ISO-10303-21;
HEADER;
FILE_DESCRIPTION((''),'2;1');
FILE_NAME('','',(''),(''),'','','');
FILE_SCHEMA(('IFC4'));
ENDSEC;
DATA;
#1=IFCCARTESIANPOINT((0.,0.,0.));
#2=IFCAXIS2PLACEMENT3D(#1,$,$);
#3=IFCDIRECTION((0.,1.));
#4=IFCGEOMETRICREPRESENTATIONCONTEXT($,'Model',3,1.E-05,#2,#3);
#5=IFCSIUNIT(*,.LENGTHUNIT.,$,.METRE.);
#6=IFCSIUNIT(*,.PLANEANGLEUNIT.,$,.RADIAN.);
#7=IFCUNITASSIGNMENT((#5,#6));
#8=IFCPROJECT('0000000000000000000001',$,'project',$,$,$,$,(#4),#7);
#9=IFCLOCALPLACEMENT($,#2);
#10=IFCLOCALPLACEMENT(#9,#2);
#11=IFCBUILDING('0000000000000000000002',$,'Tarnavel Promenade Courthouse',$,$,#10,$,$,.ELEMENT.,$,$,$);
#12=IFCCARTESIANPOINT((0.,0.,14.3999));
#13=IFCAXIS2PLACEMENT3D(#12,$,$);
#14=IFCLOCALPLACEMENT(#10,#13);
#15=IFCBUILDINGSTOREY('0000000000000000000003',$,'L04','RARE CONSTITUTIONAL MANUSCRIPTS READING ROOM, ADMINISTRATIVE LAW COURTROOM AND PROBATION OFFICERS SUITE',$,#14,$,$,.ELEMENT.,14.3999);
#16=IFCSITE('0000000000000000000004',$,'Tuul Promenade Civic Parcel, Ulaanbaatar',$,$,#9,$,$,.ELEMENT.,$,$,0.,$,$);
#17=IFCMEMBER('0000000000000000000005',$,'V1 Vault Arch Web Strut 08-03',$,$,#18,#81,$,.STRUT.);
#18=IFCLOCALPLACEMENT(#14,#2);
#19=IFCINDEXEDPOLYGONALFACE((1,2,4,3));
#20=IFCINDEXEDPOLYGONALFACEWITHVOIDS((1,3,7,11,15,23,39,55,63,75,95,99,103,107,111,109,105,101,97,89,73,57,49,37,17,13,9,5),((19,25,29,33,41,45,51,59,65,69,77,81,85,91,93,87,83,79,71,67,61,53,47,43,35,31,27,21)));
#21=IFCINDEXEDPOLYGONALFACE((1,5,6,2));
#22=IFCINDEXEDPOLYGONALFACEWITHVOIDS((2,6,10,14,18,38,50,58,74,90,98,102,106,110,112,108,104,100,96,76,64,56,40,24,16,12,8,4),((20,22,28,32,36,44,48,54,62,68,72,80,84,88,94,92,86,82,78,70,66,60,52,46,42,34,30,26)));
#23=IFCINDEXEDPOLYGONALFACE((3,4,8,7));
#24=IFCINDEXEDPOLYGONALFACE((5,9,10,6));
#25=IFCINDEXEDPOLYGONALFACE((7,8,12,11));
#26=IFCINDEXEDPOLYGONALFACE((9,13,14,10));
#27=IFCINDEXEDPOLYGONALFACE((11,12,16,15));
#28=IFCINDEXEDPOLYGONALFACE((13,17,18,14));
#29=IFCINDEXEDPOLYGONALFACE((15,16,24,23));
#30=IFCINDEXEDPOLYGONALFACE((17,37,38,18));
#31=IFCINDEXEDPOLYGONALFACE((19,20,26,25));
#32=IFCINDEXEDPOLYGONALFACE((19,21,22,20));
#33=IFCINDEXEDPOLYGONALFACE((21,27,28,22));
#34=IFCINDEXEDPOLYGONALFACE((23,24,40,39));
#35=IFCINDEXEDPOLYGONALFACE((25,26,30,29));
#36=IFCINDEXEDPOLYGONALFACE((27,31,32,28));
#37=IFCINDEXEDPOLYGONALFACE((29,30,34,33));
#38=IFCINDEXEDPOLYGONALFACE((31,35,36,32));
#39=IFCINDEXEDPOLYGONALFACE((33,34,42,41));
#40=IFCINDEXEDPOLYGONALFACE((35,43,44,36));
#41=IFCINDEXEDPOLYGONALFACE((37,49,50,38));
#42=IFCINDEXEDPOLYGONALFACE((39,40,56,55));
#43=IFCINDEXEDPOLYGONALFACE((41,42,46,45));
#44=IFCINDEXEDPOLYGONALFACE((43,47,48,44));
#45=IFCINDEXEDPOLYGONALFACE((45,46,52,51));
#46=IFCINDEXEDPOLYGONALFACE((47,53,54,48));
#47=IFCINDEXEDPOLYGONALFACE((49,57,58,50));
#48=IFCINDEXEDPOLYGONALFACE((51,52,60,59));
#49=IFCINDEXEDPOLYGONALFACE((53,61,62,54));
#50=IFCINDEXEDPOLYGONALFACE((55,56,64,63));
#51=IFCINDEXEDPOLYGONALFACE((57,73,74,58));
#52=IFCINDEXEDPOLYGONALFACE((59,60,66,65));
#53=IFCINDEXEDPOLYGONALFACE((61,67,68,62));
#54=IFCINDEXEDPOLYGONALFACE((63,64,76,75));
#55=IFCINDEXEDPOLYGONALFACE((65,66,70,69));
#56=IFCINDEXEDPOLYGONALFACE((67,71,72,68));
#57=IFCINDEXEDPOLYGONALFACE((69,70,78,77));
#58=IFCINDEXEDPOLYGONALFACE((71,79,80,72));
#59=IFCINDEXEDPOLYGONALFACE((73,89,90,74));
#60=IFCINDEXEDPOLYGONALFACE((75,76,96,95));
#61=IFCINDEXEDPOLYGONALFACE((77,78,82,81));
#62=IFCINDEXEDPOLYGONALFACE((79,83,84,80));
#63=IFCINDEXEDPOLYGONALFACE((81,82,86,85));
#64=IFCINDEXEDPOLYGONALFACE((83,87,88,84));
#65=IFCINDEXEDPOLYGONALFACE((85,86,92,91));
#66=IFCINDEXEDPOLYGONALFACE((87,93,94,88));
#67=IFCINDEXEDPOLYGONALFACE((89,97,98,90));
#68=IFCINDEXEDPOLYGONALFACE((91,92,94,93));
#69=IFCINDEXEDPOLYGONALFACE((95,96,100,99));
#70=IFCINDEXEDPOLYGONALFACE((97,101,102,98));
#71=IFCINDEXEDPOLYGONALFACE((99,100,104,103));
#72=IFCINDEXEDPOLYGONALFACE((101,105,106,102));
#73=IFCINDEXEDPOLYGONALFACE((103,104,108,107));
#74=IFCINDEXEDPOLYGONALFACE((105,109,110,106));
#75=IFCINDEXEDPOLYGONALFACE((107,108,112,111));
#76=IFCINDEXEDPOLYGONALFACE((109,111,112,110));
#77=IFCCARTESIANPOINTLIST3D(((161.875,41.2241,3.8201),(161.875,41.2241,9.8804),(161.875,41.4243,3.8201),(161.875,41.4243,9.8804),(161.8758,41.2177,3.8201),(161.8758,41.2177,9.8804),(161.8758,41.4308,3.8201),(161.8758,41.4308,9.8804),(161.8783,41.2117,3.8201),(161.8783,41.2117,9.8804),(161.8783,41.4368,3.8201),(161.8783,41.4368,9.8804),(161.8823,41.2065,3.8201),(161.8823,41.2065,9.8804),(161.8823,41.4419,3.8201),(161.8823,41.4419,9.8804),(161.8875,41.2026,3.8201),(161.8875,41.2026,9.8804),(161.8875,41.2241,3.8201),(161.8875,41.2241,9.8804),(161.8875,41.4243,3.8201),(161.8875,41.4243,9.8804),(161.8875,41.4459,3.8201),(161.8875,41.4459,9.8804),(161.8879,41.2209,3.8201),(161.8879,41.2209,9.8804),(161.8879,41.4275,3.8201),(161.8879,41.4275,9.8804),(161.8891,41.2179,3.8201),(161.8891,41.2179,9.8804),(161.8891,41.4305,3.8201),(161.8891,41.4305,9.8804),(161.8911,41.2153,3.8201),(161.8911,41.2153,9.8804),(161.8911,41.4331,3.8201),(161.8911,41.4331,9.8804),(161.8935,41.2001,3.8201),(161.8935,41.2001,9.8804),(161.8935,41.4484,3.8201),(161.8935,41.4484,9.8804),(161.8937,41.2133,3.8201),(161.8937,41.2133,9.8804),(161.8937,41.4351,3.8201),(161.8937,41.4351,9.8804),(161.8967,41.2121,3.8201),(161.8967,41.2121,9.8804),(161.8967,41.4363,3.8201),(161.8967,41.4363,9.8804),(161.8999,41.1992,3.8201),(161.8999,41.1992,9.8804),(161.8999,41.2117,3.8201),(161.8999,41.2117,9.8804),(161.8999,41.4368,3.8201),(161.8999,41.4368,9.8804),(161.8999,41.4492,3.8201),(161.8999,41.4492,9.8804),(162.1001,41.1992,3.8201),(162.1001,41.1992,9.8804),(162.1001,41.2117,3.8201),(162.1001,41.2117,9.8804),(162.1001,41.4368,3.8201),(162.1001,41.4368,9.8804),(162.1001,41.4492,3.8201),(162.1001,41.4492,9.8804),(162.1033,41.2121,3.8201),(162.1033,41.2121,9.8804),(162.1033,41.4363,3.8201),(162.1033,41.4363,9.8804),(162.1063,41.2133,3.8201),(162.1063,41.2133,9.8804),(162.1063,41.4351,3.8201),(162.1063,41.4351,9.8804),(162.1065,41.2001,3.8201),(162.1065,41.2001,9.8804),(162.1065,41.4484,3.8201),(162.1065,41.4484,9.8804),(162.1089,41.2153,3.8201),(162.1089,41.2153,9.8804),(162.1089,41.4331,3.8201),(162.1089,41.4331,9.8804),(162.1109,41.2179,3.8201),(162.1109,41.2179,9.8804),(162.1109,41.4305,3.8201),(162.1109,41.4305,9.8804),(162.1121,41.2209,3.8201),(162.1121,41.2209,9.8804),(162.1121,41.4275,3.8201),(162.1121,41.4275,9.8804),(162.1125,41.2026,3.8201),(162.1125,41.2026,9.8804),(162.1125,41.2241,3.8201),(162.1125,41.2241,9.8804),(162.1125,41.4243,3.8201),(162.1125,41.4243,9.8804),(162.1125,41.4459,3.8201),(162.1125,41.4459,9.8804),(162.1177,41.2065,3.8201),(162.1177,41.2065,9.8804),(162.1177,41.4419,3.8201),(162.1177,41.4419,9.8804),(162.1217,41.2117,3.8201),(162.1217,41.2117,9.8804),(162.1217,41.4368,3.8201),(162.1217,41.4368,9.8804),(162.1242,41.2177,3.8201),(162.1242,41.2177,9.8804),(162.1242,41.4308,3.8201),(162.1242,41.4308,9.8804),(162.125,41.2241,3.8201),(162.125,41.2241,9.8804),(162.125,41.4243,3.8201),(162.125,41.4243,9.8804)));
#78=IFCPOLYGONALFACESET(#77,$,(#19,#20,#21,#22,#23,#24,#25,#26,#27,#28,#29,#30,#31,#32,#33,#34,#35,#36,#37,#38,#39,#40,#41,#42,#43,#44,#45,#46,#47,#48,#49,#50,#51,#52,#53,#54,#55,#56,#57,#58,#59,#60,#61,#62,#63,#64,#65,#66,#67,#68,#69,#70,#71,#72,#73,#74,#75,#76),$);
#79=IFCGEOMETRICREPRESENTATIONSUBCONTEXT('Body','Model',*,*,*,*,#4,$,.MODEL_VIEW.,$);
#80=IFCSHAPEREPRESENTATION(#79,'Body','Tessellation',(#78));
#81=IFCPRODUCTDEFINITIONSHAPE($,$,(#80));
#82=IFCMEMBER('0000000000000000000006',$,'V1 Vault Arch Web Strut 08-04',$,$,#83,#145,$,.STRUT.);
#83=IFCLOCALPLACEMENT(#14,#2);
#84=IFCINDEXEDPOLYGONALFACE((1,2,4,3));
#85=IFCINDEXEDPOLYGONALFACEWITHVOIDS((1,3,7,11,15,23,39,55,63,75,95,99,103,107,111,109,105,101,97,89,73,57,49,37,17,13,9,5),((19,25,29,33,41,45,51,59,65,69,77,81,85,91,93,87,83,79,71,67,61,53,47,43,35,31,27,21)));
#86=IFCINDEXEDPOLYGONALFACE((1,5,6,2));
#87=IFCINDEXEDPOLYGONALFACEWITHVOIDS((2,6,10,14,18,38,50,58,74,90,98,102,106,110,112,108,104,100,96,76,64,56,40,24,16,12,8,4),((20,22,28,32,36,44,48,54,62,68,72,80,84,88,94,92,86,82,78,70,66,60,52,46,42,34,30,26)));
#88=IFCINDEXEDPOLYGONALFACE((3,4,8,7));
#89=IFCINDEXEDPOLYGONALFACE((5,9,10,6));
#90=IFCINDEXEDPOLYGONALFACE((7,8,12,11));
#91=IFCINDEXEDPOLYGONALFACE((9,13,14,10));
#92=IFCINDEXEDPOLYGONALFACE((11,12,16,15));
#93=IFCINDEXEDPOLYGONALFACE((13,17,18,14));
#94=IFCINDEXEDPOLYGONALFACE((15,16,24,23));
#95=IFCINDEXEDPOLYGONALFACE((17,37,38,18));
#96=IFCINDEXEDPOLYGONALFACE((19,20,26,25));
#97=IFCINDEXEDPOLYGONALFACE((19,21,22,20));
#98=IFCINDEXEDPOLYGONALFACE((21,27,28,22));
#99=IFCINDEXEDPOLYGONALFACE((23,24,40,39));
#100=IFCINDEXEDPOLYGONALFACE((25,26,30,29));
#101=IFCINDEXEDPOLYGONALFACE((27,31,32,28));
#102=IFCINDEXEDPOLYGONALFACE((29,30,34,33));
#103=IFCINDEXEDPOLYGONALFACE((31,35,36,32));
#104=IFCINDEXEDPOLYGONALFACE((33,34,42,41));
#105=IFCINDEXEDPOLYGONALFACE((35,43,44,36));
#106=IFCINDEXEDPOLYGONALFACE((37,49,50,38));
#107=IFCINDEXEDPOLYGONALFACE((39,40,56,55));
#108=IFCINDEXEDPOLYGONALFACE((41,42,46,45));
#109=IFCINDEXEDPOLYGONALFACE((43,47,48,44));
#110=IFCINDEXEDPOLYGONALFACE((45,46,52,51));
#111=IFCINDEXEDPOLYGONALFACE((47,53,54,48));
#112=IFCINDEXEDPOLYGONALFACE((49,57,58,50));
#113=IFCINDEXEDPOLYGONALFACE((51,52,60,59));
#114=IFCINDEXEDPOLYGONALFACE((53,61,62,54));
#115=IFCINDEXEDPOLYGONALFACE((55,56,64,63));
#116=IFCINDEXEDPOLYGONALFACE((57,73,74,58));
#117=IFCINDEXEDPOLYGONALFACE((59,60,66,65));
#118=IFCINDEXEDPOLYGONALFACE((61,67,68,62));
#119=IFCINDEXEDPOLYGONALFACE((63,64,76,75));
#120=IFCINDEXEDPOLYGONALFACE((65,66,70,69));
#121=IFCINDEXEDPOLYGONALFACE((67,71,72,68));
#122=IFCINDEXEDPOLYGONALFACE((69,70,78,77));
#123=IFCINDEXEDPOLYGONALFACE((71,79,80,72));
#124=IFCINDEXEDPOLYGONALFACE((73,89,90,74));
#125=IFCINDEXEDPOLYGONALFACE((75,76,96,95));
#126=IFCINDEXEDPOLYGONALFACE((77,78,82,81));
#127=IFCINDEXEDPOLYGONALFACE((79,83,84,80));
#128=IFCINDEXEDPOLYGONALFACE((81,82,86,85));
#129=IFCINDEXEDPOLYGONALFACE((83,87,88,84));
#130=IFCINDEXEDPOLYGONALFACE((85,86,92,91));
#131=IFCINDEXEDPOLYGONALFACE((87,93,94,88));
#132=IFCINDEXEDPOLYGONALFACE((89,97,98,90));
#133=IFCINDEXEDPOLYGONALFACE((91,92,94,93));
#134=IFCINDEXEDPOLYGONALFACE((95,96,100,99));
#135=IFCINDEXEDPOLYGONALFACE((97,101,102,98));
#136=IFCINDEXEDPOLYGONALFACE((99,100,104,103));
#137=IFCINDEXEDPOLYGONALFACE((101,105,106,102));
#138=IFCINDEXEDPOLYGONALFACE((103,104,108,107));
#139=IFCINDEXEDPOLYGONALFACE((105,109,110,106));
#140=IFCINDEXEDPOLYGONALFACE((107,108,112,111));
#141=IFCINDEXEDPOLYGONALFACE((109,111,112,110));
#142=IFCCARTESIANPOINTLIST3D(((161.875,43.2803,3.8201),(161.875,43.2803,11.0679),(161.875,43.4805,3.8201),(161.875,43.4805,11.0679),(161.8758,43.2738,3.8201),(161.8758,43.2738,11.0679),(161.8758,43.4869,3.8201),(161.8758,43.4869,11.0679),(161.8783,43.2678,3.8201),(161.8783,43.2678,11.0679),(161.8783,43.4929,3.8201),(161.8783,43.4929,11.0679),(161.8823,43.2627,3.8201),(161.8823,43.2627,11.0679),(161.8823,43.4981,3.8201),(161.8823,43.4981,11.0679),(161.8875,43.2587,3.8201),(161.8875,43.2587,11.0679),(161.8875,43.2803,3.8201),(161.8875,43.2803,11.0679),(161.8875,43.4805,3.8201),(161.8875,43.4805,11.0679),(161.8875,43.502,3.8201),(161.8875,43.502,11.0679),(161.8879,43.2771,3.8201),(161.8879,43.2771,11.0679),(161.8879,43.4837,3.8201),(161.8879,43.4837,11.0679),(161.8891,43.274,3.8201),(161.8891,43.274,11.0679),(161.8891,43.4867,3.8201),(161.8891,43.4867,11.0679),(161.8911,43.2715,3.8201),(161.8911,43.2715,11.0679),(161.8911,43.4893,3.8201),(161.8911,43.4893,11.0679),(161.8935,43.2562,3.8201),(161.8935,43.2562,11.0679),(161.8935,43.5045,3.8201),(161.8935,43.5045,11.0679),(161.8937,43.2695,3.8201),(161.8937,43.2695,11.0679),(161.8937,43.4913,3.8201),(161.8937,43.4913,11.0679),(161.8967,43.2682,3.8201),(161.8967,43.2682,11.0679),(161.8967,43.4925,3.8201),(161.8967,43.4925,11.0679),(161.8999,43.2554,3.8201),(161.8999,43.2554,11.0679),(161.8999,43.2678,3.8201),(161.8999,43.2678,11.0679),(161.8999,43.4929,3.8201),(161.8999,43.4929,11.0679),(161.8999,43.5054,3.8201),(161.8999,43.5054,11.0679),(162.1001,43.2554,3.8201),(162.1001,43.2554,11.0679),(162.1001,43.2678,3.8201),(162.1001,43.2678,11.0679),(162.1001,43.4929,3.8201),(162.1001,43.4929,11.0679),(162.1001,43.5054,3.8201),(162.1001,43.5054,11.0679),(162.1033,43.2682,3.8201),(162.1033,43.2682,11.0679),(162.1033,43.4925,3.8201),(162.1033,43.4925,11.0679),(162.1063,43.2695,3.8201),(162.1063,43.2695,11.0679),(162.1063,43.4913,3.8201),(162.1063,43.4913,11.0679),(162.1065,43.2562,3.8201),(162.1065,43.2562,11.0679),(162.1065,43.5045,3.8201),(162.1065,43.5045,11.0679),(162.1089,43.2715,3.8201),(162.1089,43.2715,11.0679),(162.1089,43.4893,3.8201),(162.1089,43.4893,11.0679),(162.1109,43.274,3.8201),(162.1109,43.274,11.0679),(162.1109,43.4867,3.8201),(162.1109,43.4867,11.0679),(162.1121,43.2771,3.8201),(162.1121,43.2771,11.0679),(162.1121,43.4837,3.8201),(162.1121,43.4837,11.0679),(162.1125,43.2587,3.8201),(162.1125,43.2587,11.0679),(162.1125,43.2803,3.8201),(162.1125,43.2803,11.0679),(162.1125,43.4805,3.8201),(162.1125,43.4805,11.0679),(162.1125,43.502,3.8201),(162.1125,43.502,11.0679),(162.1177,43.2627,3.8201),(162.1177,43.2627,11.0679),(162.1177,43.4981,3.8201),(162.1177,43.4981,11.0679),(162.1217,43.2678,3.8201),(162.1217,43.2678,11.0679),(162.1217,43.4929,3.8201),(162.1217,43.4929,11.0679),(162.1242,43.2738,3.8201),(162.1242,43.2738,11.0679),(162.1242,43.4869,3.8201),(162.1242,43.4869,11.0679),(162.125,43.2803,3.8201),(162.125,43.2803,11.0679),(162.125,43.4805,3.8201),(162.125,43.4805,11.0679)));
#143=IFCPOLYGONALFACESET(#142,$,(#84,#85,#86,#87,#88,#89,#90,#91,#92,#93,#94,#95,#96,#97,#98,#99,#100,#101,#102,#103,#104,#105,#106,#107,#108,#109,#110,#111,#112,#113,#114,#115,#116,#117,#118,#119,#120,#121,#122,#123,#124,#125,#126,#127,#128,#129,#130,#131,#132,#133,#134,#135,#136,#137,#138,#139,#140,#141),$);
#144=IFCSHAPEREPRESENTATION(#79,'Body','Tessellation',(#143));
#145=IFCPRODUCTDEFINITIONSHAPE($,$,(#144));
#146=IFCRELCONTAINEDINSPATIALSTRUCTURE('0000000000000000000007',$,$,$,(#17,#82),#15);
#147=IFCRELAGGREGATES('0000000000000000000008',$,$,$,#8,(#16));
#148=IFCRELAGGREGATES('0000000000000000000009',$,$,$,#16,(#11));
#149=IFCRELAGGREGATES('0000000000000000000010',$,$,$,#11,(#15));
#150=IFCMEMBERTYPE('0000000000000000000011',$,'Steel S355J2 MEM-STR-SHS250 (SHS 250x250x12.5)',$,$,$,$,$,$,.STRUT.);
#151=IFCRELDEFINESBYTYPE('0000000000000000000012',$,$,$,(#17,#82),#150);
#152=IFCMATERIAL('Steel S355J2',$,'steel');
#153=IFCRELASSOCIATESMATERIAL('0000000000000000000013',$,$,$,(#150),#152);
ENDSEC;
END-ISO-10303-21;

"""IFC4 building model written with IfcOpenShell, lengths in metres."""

from ifc_helpers import new_model, si_unit, direction, frame, origin, origin_2d, place, context, subcontext, project, spatial, hollow_rectangle, extrude, material, material_profile, profile_set, type_object, element, save


model = new_model("IFC4")

# Units and contexts
model_context = context("Model", 3, precision=1e-05, world=origin(), true_north=direction((0.0, 1.0)))
body_context = subcontext(model_context, "Body", "Model", "MODEL_VIEW")
ifc_project = project(units=[si_unit("LENGTHUNIT", "METRE"), si_unit("PLANEANGLEUNIT", "RADIAN")], contexts=[model_context])

# Site, building, storey
site_placement = place(None, origin())
site = spatial("IfcSite", under=ifc_project, at=site_placement, Name="Tuul Promenade Civic Parcel, Ulaanbaatar", CompositionType="ELEMENT", RefElevation=0.0)
building_placement = place(site_placement, origin())
building = spatial("IfcBuilding", under=site, at=building_placement, Name="Tarnavel Promenade Courthouse", CompositionType="ELEMENT")
storey_placement = place(building_placement, frame((0.0, 0.0, 14.3999)))
storey = spatial("IfcBuildingStorey", under=building, at=storey_placement, Name="L04", Description="RARE CONSTITUTIONAL MANUSCRIPTS READING ROOM, ADMINISTRATIVE LAW COURTROOM AND PROBATION OFFICERS SUITE", CompositionType="ELEMENT", Elevation=14.3999)

# Shared definitions
ifc_material_1 = material(Name="Steel S355J2", Category="steel")

# Members
ifc_material_profile_1 = material_profile(ifc_material_1, hollow_rectangle(XDim=0.25, YDim=0.25, WallThickness=0.0125, InnerFilletRadius=0.0125, OuterFilletRadius=0.0249, at=origin_2d()), Name="SHS 250x250x12.5")
ifc_profile_set_1 = profile_set([ifc_material_profile_1], Name="Steel S355J2")
member_type_1 = type_object("IfcMemberType", Name="Steel S355J2 MEM-STR-SHS250 (SHS 250x250x12.5)", PredefinedType="STRUT", material=ifc_profile_set_1)
member_1_placement = place(storey_placement, frame((162.0, 41.3242, 3.8201), z_axis=(0.0, 0.0, 1.0), x_axis=(1.0, 0.0, 0.0)))
element("IfcMember", 1, at=member_1_placement, inside=storey, type_object=member_type_1, Name="V1 Vault Arch Web Strut 08-03", PredefinedType="STRUT", context=body_context, shape_type="SweptSolid", body=[
    extrude(hollow_rectangle(XDim=0.25, YDim=0.25, WallThickness=0.0125, InnerFilletRadius=0.0125, OuterFilletRadius=0.0249, at=origin_2d()), origin(), (0.0, 0.0, 1.0), 6.0603),
])
member_2_placement = place(storey_placement, frame((162.0, 43.3804, 3.8201), z_axis=(0.0, 0.0, 1.0), x_axis=(1.0, 0.0, 0.0)))
element("IfcMember", 2, at=member_2_placement, inside=storey, type_object=member_type_1, Name="V1 Vault Arch Web Strut 08-04", PredefinedType="STRUT", context=body_context, shape_type="SweptSolid", body=[
    extrude(hollow_rectangle(XDim=0.25, YDim=0.25, WallThickness=0.0125, InnerFilletRadius=0.0125, OuterFilletRadius=0.0249, at=origin_2d()), origin(), (0.0, 0.0, 1.0), 7.2478),
])

save(model, "model.ifc")
